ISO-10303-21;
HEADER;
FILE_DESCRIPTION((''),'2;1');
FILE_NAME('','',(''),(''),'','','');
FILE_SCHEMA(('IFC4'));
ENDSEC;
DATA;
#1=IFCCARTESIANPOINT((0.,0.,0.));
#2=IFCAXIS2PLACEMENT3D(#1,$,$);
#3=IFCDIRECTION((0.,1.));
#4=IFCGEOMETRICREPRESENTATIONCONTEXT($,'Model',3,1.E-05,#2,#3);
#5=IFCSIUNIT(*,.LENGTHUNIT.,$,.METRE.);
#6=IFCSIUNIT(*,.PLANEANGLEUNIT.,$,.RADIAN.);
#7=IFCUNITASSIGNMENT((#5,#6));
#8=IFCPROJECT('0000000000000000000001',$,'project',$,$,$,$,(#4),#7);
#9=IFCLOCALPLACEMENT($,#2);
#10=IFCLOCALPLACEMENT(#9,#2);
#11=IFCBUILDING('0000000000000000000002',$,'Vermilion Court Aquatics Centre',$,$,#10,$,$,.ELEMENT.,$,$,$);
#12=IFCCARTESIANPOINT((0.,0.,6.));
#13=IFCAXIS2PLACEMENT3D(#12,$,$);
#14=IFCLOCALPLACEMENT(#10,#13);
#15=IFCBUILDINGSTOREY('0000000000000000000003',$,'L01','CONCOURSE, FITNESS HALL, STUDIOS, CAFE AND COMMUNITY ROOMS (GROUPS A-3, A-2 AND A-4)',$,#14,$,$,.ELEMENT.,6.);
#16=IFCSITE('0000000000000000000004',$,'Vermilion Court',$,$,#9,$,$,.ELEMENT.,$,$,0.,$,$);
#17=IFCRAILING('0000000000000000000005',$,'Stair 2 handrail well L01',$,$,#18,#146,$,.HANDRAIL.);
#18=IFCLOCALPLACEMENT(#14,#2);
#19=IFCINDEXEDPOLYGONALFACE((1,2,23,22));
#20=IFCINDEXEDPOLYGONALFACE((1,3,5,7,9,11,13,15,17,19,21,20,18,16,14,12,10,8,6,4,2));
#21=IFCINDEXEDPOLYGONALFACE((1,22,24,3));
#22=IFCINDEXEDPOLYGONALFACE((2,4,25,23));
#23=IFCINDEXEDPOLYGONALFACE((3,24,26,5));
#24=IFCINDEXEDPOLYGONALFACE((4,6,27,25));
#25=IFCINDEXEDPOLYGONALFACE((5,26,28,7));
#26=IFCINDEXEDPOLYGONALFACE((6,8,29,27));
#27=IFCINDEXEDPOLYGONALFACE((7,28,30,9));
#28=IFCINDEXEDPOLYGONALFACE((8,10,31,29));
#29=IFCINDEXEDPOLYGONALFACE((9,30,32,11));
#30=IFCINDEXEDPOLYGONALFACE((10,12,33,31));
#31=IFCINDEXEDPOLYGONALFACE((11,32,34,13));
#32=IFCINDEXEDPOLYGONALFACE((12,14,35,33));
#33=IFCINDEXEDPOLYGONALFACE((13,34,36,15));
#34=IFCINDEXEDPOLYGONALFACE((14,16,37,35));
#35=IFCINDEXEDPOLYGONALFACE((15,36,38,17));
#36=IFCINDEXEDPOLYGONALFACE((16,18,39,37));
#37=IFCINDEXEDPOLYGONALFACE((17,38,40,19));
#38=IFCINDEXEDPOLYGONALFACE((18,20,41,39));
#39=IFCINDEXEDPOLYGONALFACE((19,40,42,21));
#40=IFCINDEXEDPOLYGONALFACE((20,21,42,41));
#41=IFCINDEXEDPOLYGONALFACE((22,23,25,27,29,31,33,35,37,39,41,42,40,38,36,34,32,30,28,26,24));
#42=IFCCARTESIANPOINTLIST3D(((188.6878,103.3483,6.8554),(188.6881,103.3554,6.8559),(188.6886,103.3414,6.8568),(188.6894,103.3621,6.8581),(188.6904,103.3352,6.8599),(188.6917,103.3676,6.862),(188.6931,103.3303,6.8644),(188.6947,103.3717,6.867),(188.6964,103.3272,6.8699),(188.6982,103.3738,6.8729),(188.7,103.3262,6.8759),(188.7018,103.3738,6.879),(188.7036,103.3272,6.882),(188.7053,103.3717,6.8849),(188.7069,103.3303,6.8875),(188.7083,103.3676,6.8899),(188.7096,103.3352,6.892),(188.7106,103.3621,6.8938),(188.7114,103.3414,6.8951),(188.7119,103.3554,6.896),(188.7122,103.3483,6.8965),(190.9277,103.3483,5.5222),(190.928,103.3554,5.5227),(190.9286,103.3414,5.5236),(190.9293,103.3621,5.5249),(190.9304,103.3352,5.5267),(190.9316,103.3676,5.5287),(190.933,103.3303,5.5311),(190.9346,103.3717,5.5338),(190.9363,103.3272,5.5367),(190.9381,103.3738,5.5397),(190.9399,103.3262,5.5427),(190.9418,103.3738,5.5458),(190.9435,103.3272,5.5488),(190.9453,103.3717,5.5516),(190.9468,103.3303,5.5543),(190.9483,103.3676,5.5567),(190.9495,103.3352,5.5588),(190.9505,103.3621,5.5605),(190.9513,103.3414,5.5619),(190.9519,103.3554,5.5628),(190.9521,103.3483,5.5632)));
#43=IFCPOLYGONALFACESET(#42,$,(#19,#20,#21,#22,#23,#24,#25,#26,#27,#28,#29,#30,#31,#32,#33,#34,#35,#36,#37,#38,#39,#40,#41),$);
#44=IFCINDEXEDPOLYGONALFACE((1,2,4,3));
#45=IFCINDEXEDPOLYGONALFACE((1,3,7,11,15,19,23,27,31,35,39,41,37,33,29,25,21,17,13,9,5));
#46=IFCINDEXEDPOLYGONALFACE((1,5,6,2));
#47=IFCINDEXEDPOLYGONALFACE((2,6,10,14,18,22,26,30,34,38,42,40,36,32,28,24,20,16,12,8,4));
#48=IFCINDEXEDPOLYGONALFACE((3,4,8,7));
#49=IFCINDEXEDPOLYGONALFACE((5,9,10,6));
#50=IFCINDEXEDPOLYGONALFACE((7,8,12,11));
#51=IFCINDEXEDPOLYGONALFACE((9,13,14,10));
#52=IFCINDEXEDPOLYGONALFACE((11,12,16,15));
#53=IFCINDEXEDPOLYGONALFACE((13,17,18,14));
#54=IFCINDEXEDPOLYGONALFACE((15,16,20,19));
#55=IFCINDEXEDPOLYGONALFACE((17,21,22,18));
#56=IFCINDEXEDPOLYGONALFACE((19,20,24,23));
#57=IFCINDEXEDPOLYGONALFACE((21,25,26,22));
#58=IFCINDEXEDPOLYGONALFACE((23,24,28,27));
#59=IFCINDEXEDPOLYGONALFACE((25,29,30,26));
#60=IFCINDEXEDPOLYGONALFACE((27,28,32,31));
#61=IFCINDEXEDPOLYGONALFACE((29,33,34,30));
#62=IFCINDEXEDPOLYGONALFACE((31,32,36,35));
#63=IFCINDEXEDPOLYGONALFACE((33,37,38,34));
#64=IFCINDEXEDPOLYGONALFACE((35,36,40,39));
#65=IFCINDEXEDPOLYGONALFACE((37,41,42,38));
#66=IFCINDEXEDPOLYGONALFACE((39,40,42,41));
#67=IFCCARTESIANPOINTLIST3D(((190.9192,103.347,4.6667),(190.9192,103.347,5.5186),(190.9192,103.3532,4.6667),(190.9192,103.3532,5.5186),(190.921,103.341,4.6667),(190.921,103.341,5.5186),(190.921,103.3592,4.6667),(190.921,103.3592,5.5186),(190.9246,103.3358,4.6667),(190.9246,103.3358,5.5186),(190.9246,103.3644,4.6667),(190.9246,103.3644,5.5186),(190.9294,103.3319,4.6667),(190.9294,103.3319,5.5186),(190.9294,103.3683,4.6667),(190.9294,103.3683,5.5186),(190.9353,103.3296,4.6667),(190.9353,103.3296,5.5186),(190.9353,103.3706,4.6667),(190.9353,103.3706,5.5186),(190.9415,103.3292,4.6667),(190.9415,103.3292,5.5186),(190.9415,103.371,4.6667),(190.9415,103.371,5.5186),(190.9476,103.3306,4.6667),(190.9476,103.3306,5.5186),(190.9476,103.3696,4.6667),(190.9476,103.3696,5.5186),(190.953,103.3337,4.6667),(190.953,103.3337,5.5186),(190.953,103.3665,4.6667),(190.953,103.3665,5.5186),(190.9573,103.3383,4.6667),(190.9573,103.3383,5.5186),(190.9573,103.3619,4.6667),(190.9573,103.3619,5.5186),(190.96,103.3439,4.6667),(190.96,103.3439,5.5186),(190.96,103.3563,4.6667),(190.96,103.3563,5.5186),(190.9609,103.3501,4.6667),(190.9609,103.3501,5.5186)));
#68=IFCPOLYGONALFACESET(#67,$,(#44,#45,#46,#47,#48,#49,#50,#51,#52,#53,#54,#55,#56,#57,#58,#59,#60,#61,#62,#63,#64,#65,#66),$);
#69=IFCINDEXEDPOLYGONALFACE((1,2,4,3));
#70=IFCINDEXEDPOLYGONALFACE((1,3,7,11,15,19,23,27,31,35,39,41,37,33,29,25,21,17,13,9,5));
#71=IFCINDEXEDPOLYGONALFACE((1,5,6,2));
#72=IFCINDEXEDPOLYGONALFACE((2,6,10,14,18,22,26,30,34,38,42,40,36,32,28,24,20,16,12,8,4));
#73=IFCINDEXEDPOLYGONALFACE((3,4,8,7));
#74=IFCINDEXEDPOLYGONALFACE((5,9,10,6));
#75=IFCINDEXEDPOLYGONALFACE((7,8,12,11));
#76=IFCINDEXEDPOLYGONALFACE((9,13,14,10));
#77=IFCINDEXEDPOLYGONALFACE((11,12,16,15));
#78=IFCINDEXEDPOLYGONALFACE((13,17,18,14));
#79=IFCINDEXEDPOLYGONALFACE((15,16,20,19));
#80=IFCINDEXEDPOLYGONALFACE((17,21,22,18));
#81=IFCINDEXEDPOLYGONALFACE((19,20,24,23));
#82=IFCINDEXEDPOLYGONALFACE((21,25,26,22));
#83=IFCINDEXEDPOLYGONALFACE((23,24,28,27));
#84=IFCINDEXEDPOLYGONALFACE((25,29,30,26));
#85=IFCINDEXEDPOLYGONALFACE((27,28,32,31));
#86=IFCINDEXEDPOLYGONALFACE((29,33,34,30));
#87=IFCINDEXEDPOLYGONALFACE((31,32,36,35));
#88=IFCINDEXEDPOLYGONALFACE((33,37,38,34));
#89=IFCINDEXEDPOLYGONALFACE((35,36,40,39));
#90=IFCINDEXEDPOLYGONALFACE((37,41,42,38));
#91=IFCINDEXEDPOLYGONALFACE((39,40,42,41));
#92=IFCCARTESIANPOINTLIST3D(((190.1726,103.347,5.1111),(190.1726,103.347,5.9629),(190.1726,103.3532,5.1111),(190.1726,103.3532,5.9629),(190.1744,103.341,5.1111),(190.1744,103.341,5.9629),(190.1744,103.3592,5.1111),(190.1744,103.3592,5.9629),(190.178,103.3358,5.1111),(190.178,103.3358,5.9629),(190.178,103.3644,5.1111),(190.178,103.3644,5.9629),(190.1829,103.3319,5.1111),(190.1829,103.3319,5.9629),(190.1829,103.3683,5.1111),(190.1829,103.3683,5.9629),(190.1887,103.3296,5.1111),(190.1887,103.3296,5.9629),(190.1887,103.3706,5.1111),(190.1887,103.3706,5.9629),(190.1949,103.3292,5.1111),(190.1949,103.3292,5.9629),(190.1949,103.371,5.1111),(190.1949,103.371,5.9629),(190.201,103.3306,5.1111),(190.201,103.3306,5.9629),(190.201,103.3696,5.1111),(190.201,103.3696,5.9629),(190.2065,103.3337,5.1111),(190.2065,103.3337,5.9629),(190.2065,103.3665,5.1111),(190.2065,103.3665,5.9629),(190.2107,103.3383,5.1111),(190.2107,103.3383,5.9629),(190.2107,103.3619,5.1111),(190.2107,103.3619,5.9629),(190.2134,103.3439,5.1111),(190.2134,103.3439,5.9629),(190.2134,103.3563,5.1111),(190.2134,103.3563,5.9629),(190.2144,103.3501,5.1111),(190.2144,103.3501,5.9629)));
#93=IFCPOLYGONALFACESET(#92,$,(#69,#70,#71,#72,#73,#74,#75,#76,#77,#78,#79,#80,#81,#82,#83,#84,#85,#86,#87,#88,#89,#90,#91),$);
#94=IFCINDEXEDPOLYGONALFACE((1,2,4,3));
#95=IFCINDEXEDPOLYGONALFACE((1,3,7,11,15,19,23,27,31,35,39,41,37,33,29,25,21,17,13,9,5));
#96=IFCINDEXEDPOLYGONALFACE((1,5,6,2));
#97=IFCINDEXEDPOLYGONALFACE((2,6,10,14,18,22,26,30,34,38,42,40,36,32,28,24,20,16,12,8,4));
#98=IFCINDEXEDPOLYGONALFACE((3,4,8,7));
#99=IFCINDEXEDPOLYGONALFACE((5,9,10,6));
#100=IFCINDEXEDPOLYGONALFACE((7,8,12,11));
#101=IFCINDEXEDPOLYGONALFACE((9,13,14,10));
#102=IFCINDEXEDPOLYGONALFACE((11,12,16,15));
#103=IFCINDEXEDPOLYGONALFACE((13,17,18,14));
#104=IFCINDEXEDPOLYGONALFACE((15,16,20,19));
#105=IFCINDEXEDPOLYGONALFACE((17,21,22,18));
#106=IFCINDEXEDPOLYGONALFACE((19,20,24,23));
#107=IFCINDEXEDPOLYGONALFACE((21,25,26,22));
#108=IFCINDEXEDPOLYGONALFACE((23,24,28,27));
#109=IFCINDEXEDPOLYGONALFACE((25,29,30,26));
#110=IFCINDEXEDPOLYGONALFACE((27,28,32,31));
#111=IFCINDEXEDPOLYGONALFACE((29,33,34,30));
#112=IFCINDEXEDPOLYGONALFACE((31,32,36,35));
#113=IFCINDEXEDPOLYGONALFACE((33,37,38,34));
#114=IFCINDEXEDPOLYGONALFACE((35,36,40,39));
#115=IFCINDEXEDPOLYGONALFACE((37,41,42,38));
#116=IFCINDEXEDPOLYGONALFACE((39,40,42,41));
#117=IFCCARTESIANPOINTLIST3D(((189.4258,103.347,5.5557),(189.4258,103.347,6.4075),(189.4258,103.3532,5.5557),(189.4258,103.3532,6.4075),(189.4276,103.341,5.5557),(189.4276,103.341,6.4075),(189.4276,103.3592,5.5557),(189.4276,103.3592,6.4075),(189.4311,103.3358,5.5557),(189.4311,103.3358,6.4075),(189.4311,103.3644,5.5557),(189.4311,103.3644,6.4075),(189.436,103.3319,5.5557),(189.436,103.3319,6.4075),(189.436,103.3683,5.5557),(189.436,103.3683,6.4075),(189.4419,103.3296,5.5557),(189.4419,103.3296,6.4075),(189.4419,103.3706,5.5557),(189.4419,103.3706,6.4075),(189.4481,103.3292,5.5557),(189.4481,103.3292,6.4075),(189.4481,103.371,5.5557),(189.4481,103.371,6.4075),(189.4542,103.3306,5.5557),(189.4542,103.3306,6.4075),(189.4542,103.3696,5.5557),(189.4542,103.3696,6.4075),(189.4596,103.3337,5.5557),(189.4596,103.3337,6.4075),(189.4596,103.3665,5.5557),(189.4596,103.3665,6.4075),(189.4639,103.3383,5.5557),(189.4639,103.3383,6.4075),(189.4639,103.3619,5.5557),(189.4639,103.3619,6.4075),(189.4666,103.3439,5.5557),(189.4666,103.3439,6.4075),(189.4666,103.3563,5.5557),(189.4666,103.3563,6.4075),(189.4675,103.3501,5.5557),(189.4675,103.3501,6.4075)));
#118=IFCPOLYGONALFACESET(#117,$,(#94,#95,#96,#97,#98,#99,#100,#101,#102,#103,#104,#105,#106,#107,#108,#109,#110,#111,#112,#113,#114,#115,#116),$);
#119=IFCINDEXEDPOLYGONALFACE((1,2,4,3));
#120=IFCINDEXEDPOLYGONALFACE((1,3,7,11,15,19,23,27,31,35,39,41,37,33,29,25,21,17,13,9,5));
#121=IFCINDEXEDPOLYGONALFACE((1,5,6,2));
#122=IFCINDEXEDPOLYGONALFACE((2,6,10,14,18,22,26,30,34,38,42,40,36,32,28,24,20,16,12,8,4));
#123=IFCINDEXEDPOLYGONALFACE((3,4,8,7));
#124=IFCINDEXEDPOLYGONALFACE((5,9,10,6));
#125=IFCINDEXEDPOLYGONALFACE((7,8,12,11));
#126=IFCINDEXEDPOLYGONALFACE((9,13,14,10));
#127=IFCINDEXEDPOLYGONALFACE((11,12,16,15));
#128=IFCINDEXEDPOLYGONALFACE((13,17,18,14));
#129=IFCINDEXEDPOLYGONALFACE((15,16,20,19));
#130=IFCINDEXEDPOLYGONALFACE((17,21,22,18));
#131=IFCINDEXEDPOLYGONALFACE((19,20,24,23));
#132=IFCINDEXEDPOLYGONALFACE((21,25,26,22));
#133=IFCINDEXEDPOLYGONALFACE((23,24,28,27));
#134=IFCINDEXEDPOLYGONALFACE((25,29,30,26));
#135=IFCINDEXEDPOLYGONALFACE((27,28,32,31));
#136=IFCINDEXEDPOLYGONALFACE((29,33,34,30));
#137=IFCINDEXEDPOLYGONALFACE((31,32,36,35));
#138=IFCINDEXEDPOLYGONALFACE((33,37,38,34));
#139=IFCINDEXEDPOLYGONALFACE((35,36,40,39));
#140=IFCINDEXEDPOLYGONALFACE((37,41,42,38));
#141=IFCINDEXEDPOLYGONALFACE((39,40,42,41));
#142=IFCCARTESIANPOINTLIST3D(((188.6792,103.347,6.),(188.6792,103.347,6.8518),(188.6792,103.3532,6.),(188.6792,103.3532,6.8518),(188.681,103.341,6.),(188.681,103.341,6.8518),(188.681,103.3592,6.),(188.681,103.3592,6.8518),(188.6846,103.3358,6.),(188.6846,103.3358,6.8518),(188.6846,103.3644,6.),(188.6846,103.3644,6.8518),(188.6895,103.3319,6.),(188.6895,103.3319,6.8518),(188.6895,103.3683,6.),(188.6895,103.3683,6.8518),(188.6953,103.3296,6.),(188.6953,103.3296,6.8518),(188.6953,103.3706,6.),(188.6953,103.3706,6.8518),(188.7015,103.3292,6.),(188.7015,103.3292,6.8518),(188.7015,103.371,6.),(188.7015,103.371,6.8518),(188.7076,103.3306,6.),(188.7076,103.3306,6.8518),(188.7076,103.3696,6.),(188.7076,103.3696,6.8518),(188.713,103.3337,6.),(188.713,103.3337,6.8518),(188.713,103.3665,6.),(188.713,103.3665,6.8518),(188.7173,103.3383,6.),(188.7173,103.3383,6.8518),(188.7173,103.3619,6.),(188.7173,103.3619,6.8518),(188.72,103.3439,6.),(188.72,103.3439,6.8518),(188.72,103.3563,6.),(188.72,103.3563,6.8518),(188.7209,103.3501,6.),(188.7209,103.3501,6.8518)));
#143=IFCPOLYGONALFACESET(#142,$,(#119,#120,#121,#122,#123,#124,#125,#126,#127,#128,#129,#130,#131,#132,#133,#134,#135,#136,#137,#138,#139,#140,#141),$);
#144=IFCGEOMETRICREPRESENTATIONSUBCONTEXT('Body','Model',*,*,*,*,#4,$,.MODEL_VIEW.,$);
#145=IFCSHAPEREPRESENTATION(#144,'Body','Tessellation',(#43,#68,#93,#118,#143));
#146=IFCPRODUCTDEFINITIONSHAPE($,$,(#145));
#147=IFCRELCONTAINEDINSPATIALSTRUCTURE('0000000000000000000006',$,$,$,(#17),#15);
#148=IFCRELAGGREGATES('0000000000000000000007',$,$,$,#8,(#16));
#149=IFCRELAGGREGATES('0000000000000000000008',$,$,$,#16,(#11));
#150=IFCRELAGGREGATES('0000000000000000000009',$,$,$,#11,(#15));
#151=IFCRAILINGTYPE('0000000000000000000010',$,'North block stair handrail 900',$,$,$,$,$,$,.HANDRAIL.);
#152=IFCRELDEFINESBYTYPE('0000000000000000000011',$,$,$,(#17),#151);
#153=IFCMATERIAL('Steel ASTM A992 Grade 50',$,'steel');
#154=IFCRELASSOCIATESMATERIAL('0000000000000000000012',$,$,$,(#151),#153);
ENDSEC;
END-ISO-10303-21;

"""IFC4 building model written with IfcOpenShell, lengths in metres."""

from ifc_helpers import new_model, si_unit, direction, frame, origin, origin_2d, place, context, subcontext, project, spatial, circle, extrude, material, type_object, element, save


model = new_model("IFC4")

# Units and contexts
model_context = context("Model", 3, precision=1e-05, world=origin(), true_north=direction((0.0, 1.0)))
body_context = subcontext(model_context, "Body", "Model", "MODEL_VIEW")
ifc_project = project(units=[si_unit("LENGTHUNIT", "METRE"), si_unit("PLANEANGLEUNIT", "RADIAN")], contexts=[model_context])

# Site, building, storey
site_placement = place(None, origin())
site = spatial("IfcSite", under=ifc_project, at=site_placement, Name="Vermilion Court", CompositionType="ELEMENT", RefElevation=0.0)
building_placement = place(site_placement, origin())
building = spatial("IfcBuilding", under=site, at=building_placement, Name="Vermilion Court Aquatics Centre", CompositionType="ELEMENT")
storey_placement = place(building_placement, frame((0.0, 0.0, 6.0)))
storey = spatial("IfcBuildingStorey", under=building, at=storey_placement, Name="L01", Description="CONCOURSE, FITNESS HALL, STUDIOS, CAFE AND COMMUNITY ROOMS (GROUPS A-3, A-2 AND A-4)", CompositionType="ELEMENT", Elevation=6.0)

# Railing
ifc_material_1 = material(Name="Steel ASTM A992 Grade 50", Category="steel")
railing_type_1 = type_object("IfcRailingType", Name="North block stair handrail 900", PredefinedType="HANDRAIL", material=ifc_material_1)
for number, where, name in (
    (1, (190.9399, 103.3501, 4.6667), "Stair 2 handrail well L01"),
):
    element("IfcRailing", number, at=place(storey_placement, frame(where)), inside=storey, type_object=railing_type_1, Name=name, PredefinedType="HANDRAIL", context=body_context, shape_type="SweptSolid", body=[
        extrude(circle(Radius=0.0239, at=origin_2d()), frame((0.0, 0.0, 0.876), z_axis=(-0.859306, 0.0, 0.511462), x_axis=(0.0, -1.0, 0.0)), (0.0, 0.0, 1.0), 2.6067),
        extrude(circle(Radius=0.021, at=origin_2d()), origin(), (0.0, 0.0, 1.0), 0.8518),
        extrude(circle(Radius=0.021, at=origin_2d()), frame((-0.7466, 0.0, 0.4443)), (0.0, 0.0, 1.0), 0.8518),
        extrude(circle(Radius=0.021, at=origin_2d()), frame((-1.4934, 0.0, 0.8889)), (0.0, 0.0, 1.0), 0.8518),
        extrude(circle(Radius=0.021, at=origin_2d()), frame((-2.24, 0.0, 1.3333)), (0.0, 0.0, 1.0), 0.8518),
    ])

save(model, "model.ifc")
